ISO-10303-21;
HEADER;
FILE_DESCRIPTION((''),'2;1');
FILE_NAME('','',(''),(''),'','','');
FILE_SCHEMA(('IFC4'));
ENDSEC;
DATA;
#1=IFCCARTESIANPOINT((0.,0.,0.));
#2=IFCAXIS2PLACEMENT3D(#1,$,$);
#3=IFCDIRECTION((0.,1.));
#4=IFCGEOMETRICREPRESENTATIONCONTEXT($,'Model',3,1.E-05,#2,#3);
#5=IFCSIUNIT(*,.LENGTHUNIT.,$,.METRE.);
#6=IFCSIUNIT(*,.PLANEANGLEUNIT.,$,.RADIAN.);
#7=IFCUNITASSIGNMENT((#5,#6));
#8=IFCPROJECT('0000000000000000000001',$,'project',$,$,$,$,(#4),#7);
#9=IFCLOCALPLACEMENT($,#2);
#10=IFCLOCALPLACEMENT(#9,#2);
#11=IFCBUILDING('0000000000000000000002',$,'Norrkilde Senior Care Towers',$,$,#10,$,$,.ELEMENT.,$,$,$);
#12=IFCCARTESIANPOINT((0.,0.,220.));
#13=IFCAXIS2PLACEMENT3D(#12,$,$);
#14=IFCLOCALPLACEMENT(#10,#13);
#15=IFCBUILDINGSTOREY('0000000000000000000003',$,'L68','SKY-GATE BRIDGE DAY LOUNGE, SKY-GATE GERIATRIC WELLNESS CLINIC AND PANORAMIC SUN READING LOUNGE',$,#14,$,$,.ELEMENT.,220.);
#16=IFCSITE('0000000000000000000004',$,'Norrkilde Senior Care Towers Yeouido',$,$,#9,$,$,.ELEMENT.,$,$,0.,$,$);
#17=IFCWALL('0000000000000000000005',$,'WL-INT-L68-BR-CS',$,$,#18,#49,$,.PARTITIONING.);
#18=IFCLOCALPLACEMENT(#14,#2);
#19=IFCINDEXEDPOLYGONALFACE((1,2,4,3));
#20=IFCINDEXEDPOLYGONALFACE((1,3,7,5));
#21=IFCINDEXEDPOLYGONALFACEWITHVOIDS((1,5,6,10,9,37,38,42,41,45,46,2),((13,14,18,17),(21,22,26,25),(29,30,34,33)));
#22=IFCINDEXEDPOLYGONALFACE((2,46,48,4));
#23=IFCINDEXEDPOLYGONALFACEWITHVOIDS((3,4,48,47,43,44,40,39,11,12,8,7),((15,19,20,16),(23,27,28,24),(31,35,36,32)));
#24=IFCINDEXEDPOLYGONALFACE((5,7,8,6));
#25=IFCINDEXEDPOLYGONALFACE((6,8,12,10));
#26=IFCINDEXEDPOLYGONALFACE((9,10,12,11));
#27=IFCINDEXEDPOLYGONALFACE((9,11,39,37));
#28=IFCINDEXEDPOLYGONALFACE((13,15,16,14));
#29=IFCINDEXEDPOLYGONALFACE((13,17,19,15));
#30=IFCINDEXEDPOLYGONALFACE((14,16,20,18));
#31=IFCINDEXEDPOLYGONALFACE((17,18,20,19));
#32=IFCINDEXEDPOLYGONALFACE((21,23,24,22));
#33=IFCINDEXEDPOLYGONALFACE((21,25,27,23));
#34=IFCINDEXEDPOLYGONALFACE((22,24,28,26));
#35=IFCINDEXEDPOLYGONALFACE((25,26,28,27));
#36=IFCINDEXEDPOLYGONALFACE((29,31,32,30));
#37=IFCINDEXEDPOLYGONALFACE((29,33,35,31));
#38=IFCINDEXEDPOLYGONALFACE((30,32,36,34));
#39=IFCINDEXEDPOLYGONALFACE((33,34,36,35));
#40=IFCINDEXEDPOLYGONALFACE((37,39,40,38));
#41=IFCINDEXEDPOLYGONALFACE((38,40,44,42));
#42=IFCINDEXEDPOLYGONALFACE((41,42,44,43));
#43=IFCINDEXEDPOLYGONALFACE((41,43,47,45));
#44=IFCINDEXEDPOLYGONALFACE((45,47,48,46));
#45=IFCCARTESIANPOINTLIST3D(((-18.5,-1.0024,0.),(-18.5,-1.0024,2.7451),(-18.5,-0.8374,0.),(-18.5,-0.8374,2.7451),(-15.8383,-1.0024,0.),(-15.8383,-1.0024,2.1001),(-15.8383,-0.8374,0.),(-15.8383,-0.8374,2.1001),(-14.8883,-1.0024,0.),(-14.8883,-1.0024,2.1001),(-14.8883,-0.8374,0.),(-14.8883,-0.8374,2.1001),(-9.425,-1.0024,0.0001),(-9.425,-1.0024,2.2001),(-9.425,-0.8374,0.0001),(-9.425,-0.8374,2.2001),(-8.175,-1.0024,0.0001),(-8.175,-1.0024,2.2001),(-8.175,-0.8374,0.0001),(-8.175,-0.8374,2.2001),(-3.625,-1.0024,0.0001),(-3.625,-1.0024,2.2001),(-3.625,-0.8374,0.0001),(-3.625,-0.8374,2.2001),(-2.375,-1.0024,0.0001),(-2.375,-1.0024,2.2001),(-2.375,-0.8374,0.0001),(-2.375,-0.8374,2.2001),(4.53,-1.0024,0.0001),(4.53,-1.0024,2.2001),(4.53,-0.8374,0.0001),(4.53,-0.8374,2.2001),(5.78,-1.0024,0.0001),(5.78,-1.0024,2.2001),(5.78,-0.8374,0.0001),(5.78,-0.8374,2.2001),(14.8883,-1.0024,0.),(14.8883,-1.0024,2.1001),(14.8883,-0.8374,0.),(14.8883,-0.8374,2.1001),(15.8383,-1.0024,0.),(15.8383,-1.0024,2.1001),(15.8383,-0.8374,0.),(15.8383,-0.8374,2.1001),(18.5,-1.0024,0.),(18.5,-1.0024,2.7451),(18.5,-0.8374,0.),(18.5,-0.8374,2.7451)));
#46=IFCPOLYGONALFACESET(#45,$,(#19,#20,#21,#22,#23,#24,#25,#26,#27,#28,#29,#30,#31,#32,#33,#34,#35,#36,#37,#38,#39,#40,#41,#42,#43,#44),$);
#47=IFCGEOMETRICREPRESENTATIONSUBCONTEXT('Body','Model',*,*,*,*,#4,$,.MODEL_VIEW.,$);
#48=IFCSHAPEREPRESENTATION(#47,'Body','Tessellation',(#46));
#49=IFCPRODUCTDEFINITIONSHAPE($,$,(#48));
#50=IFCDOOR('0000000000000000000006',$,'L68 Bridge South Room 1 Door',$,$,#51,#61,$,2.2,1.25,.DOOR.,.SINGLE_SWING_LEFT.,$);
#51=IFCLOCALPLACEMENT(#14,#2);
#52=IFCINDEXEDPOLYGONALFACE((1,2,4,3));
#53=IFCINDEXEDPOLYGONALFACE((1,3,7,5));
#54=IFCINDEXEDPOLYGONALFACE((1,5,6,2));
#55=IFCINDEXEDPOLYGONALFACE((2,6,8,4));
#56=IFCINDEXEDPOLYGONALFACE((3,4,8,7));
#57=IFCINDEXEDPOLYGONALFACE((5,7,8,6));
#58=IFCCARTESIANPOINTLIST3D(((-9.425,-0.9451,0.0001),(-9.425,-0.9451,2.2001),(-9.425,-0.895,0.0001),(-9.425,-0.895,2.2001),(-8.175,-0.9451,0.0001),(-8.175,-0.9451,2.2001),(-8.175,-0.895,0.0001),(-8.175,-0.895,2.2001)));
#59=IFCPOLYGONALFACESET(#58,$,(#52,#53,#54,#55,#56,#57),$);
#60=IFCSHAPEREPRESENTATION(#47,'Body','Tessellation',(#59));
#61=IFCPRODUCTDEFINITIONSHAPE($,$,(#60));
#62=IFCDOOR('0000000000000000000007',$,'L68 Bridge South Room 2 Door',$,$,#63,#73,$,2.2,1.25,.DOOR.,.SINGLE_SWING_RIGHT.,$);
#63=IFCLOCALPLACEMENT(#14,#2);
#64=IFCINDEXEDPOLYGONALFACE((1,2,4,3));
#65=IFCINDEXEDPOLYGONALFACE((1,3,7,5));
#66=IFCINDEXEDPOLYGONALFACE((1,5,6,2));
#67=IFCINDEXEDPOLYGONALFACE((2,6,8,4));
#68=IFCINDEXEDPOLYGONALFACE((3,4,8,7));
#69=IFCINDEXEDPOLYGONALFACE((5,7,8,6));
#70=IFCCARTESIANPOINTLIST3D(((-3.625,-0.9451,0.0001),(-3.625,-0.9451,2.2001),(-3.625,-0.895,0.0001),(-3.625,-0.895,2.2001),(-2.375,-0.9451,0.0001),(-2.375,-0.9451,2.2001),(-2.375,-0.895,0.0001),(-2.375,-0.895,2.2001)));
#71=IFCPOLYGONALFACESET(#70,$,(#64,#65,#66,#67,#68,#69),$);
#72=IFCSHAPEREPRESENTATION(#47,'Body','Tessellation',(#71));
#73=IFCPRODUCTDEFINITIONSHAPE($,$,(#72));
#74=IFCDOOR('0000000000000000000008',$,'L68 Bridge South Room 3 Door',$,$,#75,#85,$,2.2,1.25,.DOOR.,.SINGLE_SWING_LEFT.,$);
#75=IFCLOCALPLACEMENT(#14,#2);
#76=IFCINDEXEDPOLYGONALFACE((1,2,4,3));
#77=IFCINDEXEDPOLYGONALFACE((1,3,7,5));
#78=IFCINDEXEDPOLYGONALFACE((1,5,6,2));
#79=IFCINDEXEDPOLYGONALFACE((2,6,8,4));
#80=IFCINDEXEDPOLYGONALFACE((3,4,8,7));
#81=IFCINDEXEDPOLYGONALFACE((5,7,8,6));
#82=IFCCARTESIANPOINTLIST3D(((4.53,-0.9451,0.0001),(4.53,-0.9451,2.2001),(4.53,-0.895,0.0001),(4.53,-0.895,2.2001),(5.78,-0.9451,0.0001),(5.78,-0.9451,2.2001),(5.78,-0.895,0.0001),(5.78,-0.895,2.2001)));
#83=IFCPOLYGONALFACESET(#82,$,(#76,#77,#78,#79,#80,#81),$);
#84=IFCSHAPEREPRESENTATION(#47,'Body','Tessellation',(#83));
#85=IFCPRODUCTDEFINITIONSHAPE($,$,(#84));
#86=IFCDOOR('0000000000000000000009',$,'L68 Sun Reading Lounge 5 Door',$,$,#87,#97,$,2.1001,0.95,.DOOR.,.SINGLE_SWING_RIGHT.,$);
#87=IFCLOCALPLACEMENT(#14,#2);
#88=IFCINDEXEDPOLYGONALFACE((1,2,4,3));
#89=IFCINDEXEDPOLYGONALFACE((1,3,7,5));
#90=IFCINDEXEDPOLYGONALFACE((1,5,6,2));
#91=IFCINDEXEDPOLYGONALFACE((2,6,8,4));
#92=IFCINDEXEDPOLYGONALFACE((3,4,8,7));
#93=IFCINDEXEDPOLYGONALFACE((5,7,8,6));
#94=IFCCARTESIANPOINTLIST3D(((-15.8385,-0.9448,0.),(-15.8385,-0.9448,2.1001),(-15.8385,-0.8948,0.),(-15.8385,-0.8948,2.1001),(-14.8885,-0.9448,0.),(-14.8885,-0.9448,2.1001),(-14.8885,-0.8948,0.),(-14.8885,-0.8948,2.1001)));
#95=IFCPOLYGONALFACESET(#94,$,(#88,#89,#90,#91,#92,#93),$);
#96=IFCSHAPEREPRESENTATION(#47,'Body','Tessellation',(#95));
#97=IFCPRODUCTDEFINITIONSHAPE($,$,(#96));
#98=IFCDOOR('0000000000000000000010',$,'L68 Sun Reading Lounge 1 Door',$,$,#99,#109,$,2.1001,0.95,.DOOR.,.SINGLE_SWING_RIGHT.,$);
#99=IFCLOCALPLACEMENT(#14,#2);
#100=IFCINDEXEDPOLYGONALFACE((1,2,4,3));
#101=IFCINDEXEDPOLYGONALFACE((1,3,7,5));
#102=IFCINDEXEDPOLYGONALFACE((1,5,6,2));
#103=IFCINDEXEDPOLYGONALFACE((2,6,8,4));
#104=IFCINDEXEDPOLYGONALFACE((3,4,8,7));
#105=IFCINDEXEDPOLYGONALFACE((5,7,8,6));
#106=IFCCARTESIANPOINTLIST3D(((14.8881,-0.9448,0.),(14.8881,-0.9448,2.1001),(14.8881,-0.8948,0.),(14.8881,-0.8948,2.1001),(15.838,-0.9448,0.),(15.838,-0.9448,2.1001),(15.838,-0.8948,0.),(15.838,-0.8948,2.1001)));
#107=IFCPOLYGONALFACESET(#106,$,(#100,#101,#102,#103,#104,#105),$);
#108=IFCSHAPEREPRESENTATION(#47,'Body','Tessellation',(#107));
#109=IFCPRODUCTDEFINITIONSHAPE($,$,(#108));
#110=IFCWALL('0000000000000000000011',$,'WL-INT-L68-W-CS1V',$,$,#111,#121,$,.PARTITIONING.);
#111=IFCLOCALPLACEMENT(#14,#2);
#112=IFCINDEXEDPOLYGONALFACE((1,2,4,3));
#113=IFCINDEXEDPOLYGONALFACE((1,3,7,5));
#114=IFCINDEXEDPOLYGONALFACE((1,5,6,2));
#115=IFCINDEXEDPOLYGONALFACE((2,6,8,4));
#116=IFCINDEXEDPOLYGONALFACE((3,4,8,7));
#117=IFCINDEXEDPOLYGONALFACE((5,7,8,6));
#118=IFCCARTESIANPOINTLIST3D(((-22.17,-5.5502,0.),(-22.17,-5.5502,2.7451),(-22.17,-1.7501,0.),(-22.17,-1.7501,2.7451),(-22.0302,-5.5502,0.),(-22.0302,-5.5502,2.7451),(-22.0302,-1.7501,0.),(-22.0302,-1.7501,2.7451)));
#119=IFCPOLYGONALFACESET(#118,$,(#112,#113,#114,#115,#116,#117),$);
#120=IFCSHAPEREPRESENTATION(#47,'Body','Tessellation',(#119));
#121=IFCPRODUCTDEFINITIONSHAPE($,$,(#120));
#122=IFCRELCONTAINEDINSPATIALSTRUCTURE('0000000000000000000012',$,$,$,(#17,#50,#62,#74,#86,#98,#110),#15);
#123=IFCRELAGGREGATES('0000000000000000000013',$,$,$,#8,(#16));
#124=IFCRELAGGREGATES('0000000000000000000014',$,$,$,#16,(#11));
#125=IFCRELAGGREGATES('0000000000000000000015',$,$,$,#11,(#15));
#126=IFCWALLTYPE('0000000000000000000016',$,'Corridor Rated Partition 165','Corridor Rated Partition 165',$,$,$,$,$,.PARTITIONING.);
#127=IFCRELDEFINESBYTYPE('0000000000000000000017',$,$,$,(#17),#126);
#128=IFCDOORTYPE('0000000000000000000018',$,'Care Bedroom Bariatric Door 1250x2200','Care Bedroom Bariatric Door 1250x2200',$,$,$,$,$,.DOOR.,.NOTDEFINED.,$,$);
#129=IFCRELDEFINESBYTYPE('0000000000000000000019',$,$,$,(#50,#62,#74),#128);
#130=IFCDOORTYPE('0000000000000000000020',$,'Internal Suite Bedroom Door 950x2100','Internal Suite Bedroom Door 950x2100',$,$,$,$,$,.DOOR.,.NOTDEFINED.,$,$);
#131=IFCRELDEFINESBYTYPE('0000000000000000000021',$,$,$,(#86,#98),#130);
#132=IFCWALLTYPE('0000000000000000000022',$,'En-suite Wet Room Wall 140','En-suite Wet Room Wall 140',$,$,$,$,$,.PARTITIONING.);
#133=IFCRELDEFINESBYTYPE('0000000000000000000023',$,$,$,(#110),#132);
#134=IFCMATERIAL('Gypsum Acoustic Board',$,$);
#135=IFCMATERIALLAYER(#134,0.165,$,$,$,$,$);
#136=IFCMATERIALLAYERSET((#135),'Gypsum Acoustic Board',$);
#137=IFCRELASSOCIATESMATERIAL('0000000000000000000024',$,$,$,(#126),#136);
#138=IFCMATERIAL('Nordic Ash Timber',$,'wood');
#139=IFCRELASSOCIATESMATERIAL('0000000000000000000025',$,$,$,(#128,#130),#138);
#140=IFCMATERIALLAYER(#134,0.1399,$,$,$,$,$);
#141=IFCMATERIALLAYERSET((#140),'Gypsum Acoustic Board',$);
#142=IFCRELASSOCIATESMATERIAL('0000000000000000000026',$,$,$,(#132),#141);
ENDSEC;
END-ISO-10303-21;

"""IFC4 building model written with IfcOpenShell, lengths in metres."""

from ifc_helpers import new_model, si_unit, direction, frame, frame_2d, origin, place, context, subcontext, project, spatial, rectangle, extrude, source, transform, mapped, material, layer, layer_set, type_object, type_shapes, element, fill, save


model = new_model("IFC4")

# Units and contexts
model_context = context("Model", 3, precision=1e-05, world=origin(), true_north=direction((0.0, 1.0)))
body_context = subcontext(model_context, "Body", "Model", "MODEL_VIEW")
ifc_project = project(units=[si_unit("LENGTHUNIT", "METRE"), si_unit("PLANEANGLEUNIT", "RADIAN")], contexts=[model_context])

# Site, building, storey
site_placement = place(None, origin())
site = spatial("IfcSite", under=ifc_project, at=site_placement, Name="Norrkilde Senior Care Towers Yeouido", CompositionType="ELEMENT", RefElevation=0.0)
building_placement = place(site_placement, origin())
building = spatial("IfcBuilding", under=site, at=building_placement, Name="Norrkilde Senior Care Towers", CompositionType="ELEMENT")
storey_placement = place(building_placement, frame((0.0, 0.0, 220.0)))
storey = spatial("IfcBuildingStorey", under=building, at=storey_placement, Name="L68", Description="SKY-GATE BRIDGE DAY LOUNGE, SKY-GATE GERIATRIC WELLNESS CLINIC AND PANORAMIC SUN READING LOUNGE", CompositionType="ELEMENT", Elevation=220.0)

# Shared definitions
ifc_material_1 = material(Name="Gypsum Acoustic Board")
ifc_layer_1 = layer(ifc_material_1, 0.165)
ifc_layer_set_1 = layer_set([ifc_layer_1], Name="Gypsum Acoustic Board")
wall_type_1 = type_object("IfcWallType", Name="Corridor Rated Partition 165", Description="Corridor Rated Partition 165", PredefinedType="PARTITIONING", material=ifc_layer_set_1)
ifc_material_2 = material(Name="Nordic Ash Timber", Category="wood")
door_type_1 = type_object("IfcDoorType", Name="Care Bedroom Bariatric Door 1250x2200", Description="Care Bedroom Bariatric Door 1250x2200", OperationType="NOTDEFINED", PredefinedType="DOOR", material=ifc_material_2)
shared_shape_1 = source(origin(), body_context, "Body", "SweptSolid", [
    extrude(rectangle(XDim=1.25, YDim=2.2, at=frame_2d((0.625, 1.1001))), frame((0.0, 0.0249, 0.0), z_axis=(0.0, -1.0, 0.0), x_axis=(1.0, 0.0, 0.0)), (0.0, 0.0, 1.0), 0.05),
])
type_shapes(door_type_1, [shared_shape_1])

# Wall, openings, doors
shared_shape_2 = source(origin(), body_context, "Body", "SweptSolid", [
    extrude(rectangle(XDim=37.0, YDim=0.165, at=frame_2d((18.5, 0.0))), origin(), (0.0, 0.0, 1.0), 2.7451),
])
wall_1_placement = place(storey_placement, frame((-18.5, -0.9199, 0.0), z_axis=(0.0, 0.0, 1.0), x_axis=(1.0, 0.0, 0.0)))
wall_1 = element("IfcWall", 1, at=wall_1_placement, inside=storey, type_object=wall_type_1, Name="WL-INT-L68-BR-CS", PredefinedType="PARTITIONING", context=body_context, shape_type="MappedRepresentation", body=[
    mapped(shared_shape_2, transform((0.0, 0.0, 0.0), x_axis=(1.0, 0.0, 0.0), y_axis=(0.0, 1.0, 0.0), z_axis=(0.0, 0.0, 1.0), scale=1.0)),
])
opening_1_placement = place(wall_1_placement, frame((2.6616, 0.0, 0.0)))
opening_1 = element("IfcOpeningElement", 2, at=opening_1_placement, cuts=wall_1, PredefinedType="OPENING", context=body_context, shape_type="SweptSolid", body=[
    extrude(rectangle(XDim=0.95, YDim=2.1001, at=frame_2d((0.4751, 1.05))), frame((0.0, 0.0925, 0.0), z_axis=(0.0, -1.0, 0.0), x_axis=(1.0, 0.0, 0.0)), (0.0, 0.0, 1.0), 0.1851),
])
opening_2_placement = place(wall_1_placement, frame((33.3882, 0.0, 0.0)))
opening_2 = element("IfcOpeningElement", 3, at=opening_2_placement, cuts=wall_1, PredefinedType="OPENING", context=body_context, shape_type="SweptSolid", body=[
    extrude(rectangle(XDim=0.95, YDim=2.1001, at=frame_2d((0.4751, 1.05))), frame((0.0, 0.0925, 0.0), z_axis=(0.0, -1.0, 0.0), x_axis=(1.0, 0.0, 0.0)), (0.0, 0.0, 1.0), 0.1851),
])
opening_3_placement = place(wall_1_placement, frame((9.075, 0.0, 0.0)))
opening_3 = element("IfcOpeningElement", 4, at=opening_3_placement, cuts=wall_1, PredefinedType="OPENING", context=body_context, shape_type="SweptSolid", body=[
    extrude(rectangle(XDim=1.25, YDim=2.2, at=frame_2d((0.625, 1.1001))), frame((0.0, 0.0925, 0.0), z_axis=(0.0, -1.0, 0.0), x_axis=(1.0, 0.0, 0.0)), (0.0, 0.0, 1.0), 0.1851),
])
opening_4_placement = place(wall_1_placement, frame((14.875, 0.0, 0.0)))
opening_4 = element("IfcOpeningElement", 5, at=opening_4_placement, cuts=wall_1, PredefinedType="OPENING", context=body_context, shape_type="SweptSolid", body=[
    extrude(rectangle(XDim=1.25, YDim=2.2, at=frame_2d((0.625, 1.1001))), frame((0.0, 0.0925, 0.0), z_axis=(0.0, -1.0, 0.0), x_axis=(1.0, 0.0, 0.0)), (0.0, 0.0, 1.0), 0.1851),
])
opening_5_placement = place(wall_1_placement, frame((23.03, 0.0, 0.0)))
opening_5 = element("IfcOpeningElement", 6, at=opening_5_placement, cuts=wall_1, PredefinedType="OPENING", context=body_context, shape_type="SweptSolid", body=[
    extrude(rectangle(XDim=1.25, YDim=2.2, at=frame_2d((0.625, 1.1001))), frame((0.0, 0.0925, 0.0), z_axis=(0.0, -1.0, 0.0), x_axis=(1.0, 0.0, 0.0)), (0.0, 0.0, 1.0), 0.1851),
])
door_1_placement = place(opening_3_placement, origin())
door_1 = element("IfcDoor", 7, at=door_1_placement, inside=storey, type_object=door_type_1, Name="L68 Bridge South Room 1 Door", OperationType="SINGLE_SWING_LEFT", OverallHeight=2.2, OverallWidth=1.25, PredefinedType="DOOR", context=body_context, shape_type="MappedRepresentation", body=[
    mapped(shared_shape_1, transform((0.0, 0.0, 0.0), x_axis=(1.0, 0.0, 0.0), y_axis=(0.0, 1.0, 0.0), z_axis=(0.0, 0.0, 1.0), scale=1.0)),
])
fill(opening_3, door_1)
door_2_placement = place(opening_4_placement, origin())
door_2 = element("IfcDoor", 8, at=door_2_placement, inside=storey, type_object=door_type_1, Name="L68 Bridge South Room 2 Door", OperationType="SINGLE_SWING_RIGHT", OverallHeight=2.2, OverallWidth=1.25, PredefinedType="DOOR", context=body_context, shape_type="MappedRepresentation", body=[
    mapped(shared_shape_1, transform((0.0, 0.0, 0.0), x_axis=(1.0, 0.0, 0.0), y_axis=(0.0, 1.0, 0.0), z_axis=(0.0, 0.0, 1.0), scale=1.0)),
])
fill(opening_4, door_2)
door_3_placement = place(opening_5_placement, origin())
door_3 = element("IfcDoor", 9, at=door_3_placement, inside=storey, type_object=door_type_1, Name="L68 Bridge South Room 3 Door", OperationType="SINGLE_SWING_LEFT", OverallHeight=2.2, OverallWidth=1.25, PredefinedType="DOOR", context=body_context, shape_type="MappedRepresentation", body=[
    mapped(shared_shape_1, transform((0.0, 0.0, 0.0), x_axis=(1.0, 0.0, 0.0), y_axis=(0.0, 1.0, 0.0), z_axis=(0.0, 0.0, 1.0), scale=1.0)),
])
fill(opening_5, door_3)
door_type_2 = type_object("IfcDoorType", Name="Internal Suite Bedroom Door 950x2100", Description="Internal Suite Bedroom Door 950x2100", OperationType="NOTDEFINED", PredefinedType="DOOR", material=ifc_material_2)
shared_shape_3 = source(origin(), body_context, "Body", "SweptSolid", [
    extrude(rectangle(XDim=0.95, YDim=2.1001, at=frame_2d((0.4751, 1.05))), frame((0.0, 0.0249, 0.0), z_axis=(0.0, -1.0, 0.0), x_axis=(1.0, 0.0, 0.0)), (0.0, 0.0, 1.0), 0.05),
])
type_shapes(door_type_2, [shared_shape_3])
door_4_placement = place(opening_1_placement, frame((0.95, 0.0, 0.0), z_axis=(0.0, 0.0, 1.0), x_axis=(-1.0, 0.0, 0.0)))
door_4 = element("IfcDoor", 10, at=door_4_placement, inside=storey, type_object=door_type_2, Name="L68 Sun Reading Lounge 5 Door", OperationType="SINGLE_SWING_RIGHT", OverallHeight=2.1001, OverallWidth=0.95, PredefinedType="DOOR", context=body_context, shape_type="MappedRepresentation", body=[
    mapped(shared_shape_3, transform((0.0, 0.0, 0.0), x_axis=(1.0, 0.0, 0.0), y_axis=(0.0, 1.0, 0.0), z_axis=(0.0, 0.0, 1.0), scale=1.0)),
])
fill(opening_1, door_4)
door_5_placement = place(opening_2_placement, frame((0.95, 0.0, 0.0), z_axis=(0.0, 0.0, 1.0), x_axis=(-1.0, 0.0, 0.0)))
door_5 = element("IfcDoor", 11, at=door_5_placement, inside=storey, type_object=door_type_2, Name="L68 Sun Reading Lounge 1 Door", OperationType="SINGLE_SWING_RIGHT", OverallHeight=2.1001, OverallWidth=0.95, PredefinedType="DOOR", context=body_context, shape_type="MappedRepresentation", body=[
    mapped(shared_shape_3, transform((0.0, 0.0, 0.0), x_axis=(1.0, 0.0, 0.0), y_axis=(0.0, 1.0, 0.0), z_axis=(0.0, 0.0, 1.0), scale=1.0)),
])
fill(opening_2, door_5)

# Wall
ifc_layer_2 = layer(ifc_material_1, 0.1399)
ifc_layer_set_2 = layer_set([ifc_layer_2], Name="Gypsum Acoustic Board")
wall_type_2 = type_object("IfcWallType", Name="En-suite Wet Room Wall 140", Description="En-suite Wet Room Wall 140", PredefinedType="PARTITIONING", material=ifc_layer_set_2)
shared_shape_4 = source(origin(), body_context, "Body", "SweptSolid", [
    extrude(rectangle(XDim=3.8, YDim=0.1399, at=frame_2d((1.8999, 0.0))), origin(), (0.0, 0.0, 1.0), 2.7451),
])
type_shapes(wall_type_2, [shared_shape_4])
wall_2_placement = place(storey_placement, frame((-22.1001, -5.55, 0.0), z_axis=(0.0, 0.0, 1.0), x_axis=(0.0, 1.0, 0.0)))
element("IfcWall", 12, at=wall_2_placement, inside=storey, type_object=wall_type_2, Name="WL-INT-L68-W-CS1V", PredefinedType="PARTITIONING", context=body_context, shape_type="MappedRepresentation", body=[
    mapped(shared_shape_4, transform((0.0, 0.0, 0.0), x_axis=(1.0, 0.0, 0.0), y_axis=(0.0, 1.0, 0.0), z_axis=(0.0, 0.0, 1.0), scale=1.0)),
])

save(model, "model.ifc")
